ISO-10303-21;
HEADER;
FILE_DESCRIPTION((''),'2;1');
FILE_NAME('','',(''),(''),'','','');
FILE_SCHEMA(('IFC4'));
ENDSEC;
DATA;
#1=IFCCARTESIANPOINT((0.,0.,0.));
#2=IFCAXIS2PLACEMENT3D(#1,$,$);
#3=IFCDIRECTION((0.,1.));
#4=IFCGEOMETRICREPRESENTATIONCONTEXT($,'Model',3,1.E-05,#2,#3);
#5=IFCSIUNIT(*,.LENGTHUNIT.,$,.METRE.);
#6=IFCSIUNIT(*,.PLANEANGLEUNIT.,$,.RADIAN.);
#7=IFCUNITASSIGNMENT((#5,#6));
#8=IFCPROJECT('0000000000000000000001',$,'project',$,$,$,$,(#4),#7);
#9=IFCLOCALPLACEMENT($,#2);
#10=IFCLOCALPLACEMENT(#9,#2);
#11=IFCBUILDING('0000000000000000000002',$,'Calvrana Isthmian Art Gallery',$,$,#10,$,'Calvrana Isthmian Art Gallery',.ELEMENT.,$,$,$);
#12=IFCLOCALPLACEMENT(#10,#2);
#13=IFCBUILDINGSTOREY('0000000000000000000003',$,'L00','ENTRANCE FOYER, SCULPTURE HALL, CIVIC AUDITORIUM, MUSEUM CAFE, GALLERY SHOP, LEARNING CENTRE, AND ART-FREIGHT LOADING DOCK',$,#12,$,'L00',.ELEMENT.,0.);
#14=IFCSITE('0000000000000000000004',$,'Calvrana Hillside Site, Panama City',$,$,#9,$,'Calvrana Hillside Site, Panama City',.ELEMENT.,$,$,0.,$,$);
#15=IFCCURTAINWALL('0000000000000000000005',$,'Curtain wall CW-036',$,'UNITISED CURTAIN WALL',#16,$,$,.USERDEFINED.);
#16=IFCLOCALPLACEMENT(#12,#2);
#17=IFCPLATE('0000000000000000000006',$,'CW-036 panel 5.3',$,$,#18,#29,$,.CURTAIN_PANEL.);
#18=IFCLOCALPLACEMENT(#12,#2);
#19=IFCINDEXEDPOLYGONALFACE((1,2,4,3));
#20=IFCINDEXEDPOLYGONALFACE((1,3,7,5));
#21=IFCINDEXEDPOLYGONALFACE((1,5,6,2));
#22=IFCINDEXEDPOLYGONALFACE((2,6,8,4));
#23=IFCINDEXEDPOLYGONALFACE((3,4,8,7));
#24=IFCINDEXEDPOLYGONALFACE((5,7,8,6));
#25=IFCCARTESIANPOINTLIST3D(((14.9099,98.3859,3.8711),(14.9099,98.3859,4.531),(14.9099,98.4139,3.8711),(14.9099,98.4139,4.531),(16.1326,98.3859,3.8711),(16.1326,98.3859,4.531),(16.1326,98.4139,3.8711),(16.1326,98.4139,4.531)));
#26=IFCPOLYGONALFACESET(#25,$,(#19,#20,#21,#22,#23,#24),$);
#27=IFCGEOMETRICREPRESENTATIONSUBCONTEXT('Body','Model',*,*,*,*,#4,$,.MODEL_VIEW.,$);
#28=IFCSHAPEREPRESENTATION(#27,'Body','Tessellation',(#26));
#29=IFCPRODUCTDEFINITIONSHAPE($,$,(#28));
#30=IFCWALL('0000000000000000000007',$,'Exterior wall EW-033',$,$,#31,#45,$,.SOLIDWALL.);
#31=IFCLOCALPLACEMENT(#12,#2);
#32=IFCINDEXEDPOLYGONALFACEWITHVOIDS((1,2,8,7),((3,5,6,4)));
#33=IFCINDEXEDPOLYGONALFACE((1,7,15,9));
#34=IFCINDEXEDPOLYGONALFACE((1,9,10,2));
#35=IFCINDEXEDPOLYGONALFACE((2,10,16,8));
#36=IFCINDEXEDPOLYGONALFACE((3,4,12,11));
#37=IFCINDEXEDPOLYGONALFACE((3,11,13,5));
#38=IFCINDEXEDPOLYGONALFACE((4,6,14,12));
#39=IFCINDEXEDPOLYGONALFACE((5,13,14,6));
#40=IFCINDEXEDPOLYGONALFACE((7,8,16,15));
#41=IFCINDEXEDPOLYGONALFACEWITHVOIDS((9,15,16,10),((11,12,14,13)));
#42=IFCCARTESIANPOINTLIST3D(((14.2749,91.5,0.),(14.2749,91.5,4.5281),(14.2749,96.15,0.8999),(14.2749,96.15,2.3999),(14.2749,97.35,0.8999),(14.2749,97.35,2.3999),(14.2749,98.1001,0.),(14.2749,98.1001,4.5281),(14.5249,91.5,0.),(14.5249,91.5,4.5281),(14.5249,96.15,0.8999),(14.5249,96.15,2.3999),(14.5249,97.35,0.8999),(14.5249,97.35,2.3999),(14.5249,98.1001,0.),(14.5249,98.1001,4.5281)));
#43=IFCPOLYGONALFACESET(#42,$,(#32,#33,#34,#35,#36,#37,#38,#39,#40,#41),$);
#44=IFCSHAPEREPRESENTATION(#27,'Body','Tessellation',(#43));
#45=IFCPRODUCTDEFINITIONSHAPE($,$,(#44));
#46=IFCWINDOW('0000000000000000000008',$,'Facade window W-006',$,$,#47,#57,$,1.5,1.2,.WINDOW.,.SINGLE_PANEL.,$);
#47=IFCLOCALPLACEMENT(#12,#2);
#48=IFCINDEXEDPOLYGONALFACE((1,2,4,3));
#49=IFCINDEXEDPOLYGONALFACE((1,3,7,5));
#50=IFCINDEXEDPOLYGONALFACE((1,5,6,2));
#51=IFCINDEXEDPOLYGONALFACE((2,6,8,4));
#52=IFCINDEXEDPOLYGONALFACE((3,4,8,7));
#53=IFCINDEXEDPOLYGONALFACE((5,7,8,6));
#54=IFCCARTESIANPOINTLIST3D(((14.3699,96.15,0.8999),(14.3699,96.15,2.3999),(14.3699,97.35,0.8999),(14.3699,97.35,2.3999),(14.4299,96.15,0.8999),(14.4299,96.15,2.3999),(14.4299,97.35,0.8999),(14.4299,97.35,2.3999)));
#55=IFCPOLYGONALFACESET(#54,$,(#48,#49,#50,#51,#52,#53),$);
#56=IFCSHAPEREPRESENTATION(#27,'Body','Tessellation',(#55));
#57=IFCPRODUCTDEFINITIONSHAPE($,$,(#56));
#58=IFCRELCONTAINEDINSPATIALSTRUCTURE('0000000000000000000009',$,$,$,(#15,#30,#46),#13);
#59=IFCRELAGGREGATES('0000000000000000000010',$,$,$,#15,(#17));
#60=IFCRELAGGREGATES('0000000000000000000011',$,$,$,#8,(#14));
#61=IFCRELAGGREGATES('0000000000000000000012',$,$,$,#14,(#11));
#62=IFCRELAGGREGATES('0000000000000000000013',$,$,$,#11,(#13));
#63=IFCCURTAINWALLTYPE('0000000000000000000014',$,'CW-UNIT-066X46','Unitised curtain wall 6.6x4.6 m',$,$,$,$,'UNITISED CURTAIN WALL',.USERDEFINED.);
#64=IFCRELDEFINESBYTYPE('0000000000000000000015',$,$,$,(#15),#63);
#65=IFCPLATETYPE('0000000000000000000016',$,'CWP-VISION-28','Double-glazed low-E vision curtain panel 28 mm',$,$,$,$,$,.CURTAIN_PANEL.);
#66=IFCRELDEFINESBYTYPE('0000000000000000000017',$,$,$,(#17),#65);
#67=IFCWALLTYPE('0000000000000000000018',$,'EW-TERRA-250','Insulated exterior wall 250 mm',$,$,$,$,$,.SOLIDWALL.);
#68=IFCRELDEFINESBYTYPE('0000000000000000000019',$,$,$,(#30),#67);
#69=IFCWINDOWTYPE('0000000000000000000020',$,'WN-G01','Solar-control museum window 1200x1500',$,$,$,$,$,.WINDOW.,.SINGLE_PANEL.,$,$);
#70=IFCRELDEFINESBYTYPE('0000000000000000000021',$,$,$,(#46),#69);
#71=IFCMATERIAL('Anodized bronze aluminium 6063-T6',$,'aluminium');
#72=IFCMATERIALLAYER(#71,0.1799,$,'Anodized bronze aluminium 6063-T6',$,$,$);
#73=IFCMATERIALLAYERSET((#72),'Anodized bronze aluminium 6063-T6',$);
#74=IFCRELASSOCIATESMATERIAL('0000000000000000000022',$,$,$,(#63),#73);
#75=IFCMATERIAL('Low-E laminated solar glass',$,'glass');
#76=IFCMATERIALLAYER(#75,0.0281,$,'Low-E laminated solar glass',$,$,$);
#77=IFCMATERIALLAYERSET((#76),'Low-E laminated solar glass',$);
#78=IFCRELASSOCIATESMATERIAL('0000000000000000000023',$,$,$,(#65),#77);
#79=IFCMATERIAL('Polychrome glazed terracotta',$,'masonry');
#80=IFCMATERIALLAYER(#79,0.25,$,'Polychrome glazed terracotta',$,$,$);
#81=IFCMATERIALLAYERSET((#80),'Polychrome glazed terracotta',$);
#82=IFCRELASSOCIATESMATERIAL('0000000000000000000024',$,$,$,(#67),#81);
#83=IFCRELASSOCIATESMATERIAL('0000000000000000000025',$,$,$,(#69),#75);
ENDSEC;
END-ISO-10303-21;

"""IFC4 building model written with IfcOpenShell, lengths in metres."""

from ifc_helpers import new_model, si_unit, direction, frame, frame_2d, origin, origin_2d, place, context, subcontext, project, spatial, rectangle, extrude, material, layer, layer_set, type_object, element, fill, aggregate, save


model = new_model("IFC4")

# Units and contexts
model_context = context("Model", 3, precision=1e-05, world=origin(), true_north=direction((0.0, 1.0)))
body_context = subcontext(model_context, "Body", "Model", "MODEL_VIEW")
ifc_project = project(units=[si_unit("LENGTHUNIT", "METRE"), si_unit("PLANEANGLEUNIT", "RADIAN")], contexts=[model_context])

# Site, building, storey
site_placement = place(None, origin())
site = spatial("IfcSite", under=ifc_project, at=site_placement, Name="Calvrana Hillside Site, Panama City", LongName="Calvrana Hillside Site, Panama City", CompositionType="ELEMENT", RefElevation=0.0)
building_placement = place(site_placement, origin())
building = spatial("IfcBuilding", under=site, at=building_placement, Name="Calvrana Isthmian Art Gallery", LongName="Calvrana Isthmian Art Gallery", CompositionType="ELEMENT")
storey_placement = place(building_placement, origin())
storey = spatial("IfcBuildingStorey", under=building, at=storey_placement, Name="L00", Description="ENTRANCE FOYER, SCULPTURE HALL, CIVIC AUDITORIUM, MUSEUM CAFE, GALLERY SHOP, LEARNING CENTRE, AND ART-FREIGHT LOADING DOCK", LongName="L00", CompositionType="ELEMENT", Elevation=0.0)

# Curtain wall, plate
ifc_material_1 = material(Name="Anodized bronze aluminium 6063-T6", Category="aluminium")
ifc_layer_1 = layer(ifc_material_1, 0.1799, Name="Anodized bronze aluminium 6063-T6")
ifc_layer_set_1 = layer_set([ifc_layer_1], Name="Anodized bronze aluminium 6063-T6")
curtain_wall_type = type_object("IfcCurtainWallType", Name="CW-UNIT-066X46", Description="Unitised curtain wall 6.6x4.6 m", ElementType="UNITISED CURTAIN WALL", PredefinedType="USERDEFINED", material=ifc_layer_set_1)
curtain_wall_placement = place(storey_placement, origin())
curtain_wall = element("IfcCurtainWall", 1, at=curtain_wall_placement, inside=storey, type_object=curtain_wall_type, Name="Curtain wall CW-036", ObjectType="UNITISED CURTAIN WALL", PredefinedType="USERDEFINED")
ifc_material_2 = material(Name="Low-E laminated solar glass", Category="glass")
ifc_layer_2 = layer(ifc_material_2, 0.0281, Name="Low-E laminated solar glass")
ifc_layer_set_2 = layer_set([ifc_layer_2], Name="Low-E laminated solar glass")
plate_type = type_object("IfcPlateType", Name="CWP-VISION-28", Description="Double-glazed low-E vision curtain panel 28 mm", PredefinedType="CURTAIN_PANEL", material=ifc_layer_set_2)
plate_1_placement = place(storey_placement, frame((15.5212, 98.3999, 3.8711), z_axis=(0.0, 0.0, 1.0), x_axis=(-1.0, 0.0, 0.0)))
plate_1 = element("IfcPlate", 2, at=plate_1_placement, type_object=plate_type, Name="CW-036 panel 5.3", PredefinedType="CURTAIN_PANEL", context=body_context, shape_type="SweptSolid", body=[
    extrude(rectangle(XDim=1.2227, YDim=0.0281, at=origin_2d()), origin(), (0.0, 0.0, 1.0), 0.6599),
])
aggregate(curtain_wall, [plate_1])

# Wall, opening, window
ifc_material_3 = material(Name="Polychrome glazed terracotta", Category="masonry")
ifc_layer_3 = layer(ifc_material_3, 0.25, Name="Polychrome glazed terracotta")
ifc_layer_set_3 = layer_set([ifc_layer_3], Name="Polychrome glazed terracotta")
wall_type = type_object("IfcWallType", Name="EW-TERRA-250", Description="Insulated exterior wall 250 mm", PredefinedType="SOLIDWALL", material=ifc_layer_set_3)
wall_placement = place(storey_placement, frame((14.3999, 98.1001, 0.0), z_axis=(0.0, 0.0, 1.0), x_axis=(0.0, -1.0, 0.0)))
wall = element("IfcWall", 3, at=wall_placement, inside=storey, type_object=wall_type, Name="Exterior wall EW-033", PredefinedType="SOLIDWALL", context=body_context, shape_type="SweptSolid", body=[
    extrude(rectangle(XDim=6.6001, YDim=0.25, at=frame_2d((3.3, 0.0))), origin(), (0.0, 0.0, 1.0), 4.5281),
])
opening_placement = place(wall_placement, frame((0.75, 0.0, 0.8999)))
opening = element("IfcOpeningElement", 4, at=opening_placement, cuts=wall, PredefinedType="OPENING", context=body_context, shape_type="SweptSolid", body=[
    extrude(rectangle(XDim=1.2, YDim=1.5, at=frame_2d((0.6001, 0.75))), frame((0.0, 0.1353, 0.0), z_axis=(0.0, -1.0, 0.0), x_axis=(1.0, 0.0, 0.0)), (0.0, 0.0, 1.0), 0.2705),
])
window_type = type_object("IfcWindowType", Name="WN-G01", Description="Solar-control museum window 1200x1500", PartitioningType="SINGLE_PANEL", PredefinedType="WINDOW", material=ifc_material_2)
window_placement = place(opening_placement, origin())
window = element("IfcWindow", 5, at=window_placement, inside=storey, type_object=window_type, Name="Facade window W-006", OverallHeight=1.5, OverallWidth=1.2, PartitioningType="SINGLE_PANEL", PredefinedType="WINDOW", context=body_context, shape_type="SweptSolid", body=[
    extrude(rectangle(XDim=1.2, YDim=1.5, at=frame_2d((0.6001, 0.75))), frame((0.0, 0.03, 0.0), z_axis=(0.0, -1.0, 0.0), x_axis=(1.0, 0.0, 0.0)), (0.0, 0.0, 1.0), 0.0601),
])
fill(opening, window)

save(model, "model.ifc")
